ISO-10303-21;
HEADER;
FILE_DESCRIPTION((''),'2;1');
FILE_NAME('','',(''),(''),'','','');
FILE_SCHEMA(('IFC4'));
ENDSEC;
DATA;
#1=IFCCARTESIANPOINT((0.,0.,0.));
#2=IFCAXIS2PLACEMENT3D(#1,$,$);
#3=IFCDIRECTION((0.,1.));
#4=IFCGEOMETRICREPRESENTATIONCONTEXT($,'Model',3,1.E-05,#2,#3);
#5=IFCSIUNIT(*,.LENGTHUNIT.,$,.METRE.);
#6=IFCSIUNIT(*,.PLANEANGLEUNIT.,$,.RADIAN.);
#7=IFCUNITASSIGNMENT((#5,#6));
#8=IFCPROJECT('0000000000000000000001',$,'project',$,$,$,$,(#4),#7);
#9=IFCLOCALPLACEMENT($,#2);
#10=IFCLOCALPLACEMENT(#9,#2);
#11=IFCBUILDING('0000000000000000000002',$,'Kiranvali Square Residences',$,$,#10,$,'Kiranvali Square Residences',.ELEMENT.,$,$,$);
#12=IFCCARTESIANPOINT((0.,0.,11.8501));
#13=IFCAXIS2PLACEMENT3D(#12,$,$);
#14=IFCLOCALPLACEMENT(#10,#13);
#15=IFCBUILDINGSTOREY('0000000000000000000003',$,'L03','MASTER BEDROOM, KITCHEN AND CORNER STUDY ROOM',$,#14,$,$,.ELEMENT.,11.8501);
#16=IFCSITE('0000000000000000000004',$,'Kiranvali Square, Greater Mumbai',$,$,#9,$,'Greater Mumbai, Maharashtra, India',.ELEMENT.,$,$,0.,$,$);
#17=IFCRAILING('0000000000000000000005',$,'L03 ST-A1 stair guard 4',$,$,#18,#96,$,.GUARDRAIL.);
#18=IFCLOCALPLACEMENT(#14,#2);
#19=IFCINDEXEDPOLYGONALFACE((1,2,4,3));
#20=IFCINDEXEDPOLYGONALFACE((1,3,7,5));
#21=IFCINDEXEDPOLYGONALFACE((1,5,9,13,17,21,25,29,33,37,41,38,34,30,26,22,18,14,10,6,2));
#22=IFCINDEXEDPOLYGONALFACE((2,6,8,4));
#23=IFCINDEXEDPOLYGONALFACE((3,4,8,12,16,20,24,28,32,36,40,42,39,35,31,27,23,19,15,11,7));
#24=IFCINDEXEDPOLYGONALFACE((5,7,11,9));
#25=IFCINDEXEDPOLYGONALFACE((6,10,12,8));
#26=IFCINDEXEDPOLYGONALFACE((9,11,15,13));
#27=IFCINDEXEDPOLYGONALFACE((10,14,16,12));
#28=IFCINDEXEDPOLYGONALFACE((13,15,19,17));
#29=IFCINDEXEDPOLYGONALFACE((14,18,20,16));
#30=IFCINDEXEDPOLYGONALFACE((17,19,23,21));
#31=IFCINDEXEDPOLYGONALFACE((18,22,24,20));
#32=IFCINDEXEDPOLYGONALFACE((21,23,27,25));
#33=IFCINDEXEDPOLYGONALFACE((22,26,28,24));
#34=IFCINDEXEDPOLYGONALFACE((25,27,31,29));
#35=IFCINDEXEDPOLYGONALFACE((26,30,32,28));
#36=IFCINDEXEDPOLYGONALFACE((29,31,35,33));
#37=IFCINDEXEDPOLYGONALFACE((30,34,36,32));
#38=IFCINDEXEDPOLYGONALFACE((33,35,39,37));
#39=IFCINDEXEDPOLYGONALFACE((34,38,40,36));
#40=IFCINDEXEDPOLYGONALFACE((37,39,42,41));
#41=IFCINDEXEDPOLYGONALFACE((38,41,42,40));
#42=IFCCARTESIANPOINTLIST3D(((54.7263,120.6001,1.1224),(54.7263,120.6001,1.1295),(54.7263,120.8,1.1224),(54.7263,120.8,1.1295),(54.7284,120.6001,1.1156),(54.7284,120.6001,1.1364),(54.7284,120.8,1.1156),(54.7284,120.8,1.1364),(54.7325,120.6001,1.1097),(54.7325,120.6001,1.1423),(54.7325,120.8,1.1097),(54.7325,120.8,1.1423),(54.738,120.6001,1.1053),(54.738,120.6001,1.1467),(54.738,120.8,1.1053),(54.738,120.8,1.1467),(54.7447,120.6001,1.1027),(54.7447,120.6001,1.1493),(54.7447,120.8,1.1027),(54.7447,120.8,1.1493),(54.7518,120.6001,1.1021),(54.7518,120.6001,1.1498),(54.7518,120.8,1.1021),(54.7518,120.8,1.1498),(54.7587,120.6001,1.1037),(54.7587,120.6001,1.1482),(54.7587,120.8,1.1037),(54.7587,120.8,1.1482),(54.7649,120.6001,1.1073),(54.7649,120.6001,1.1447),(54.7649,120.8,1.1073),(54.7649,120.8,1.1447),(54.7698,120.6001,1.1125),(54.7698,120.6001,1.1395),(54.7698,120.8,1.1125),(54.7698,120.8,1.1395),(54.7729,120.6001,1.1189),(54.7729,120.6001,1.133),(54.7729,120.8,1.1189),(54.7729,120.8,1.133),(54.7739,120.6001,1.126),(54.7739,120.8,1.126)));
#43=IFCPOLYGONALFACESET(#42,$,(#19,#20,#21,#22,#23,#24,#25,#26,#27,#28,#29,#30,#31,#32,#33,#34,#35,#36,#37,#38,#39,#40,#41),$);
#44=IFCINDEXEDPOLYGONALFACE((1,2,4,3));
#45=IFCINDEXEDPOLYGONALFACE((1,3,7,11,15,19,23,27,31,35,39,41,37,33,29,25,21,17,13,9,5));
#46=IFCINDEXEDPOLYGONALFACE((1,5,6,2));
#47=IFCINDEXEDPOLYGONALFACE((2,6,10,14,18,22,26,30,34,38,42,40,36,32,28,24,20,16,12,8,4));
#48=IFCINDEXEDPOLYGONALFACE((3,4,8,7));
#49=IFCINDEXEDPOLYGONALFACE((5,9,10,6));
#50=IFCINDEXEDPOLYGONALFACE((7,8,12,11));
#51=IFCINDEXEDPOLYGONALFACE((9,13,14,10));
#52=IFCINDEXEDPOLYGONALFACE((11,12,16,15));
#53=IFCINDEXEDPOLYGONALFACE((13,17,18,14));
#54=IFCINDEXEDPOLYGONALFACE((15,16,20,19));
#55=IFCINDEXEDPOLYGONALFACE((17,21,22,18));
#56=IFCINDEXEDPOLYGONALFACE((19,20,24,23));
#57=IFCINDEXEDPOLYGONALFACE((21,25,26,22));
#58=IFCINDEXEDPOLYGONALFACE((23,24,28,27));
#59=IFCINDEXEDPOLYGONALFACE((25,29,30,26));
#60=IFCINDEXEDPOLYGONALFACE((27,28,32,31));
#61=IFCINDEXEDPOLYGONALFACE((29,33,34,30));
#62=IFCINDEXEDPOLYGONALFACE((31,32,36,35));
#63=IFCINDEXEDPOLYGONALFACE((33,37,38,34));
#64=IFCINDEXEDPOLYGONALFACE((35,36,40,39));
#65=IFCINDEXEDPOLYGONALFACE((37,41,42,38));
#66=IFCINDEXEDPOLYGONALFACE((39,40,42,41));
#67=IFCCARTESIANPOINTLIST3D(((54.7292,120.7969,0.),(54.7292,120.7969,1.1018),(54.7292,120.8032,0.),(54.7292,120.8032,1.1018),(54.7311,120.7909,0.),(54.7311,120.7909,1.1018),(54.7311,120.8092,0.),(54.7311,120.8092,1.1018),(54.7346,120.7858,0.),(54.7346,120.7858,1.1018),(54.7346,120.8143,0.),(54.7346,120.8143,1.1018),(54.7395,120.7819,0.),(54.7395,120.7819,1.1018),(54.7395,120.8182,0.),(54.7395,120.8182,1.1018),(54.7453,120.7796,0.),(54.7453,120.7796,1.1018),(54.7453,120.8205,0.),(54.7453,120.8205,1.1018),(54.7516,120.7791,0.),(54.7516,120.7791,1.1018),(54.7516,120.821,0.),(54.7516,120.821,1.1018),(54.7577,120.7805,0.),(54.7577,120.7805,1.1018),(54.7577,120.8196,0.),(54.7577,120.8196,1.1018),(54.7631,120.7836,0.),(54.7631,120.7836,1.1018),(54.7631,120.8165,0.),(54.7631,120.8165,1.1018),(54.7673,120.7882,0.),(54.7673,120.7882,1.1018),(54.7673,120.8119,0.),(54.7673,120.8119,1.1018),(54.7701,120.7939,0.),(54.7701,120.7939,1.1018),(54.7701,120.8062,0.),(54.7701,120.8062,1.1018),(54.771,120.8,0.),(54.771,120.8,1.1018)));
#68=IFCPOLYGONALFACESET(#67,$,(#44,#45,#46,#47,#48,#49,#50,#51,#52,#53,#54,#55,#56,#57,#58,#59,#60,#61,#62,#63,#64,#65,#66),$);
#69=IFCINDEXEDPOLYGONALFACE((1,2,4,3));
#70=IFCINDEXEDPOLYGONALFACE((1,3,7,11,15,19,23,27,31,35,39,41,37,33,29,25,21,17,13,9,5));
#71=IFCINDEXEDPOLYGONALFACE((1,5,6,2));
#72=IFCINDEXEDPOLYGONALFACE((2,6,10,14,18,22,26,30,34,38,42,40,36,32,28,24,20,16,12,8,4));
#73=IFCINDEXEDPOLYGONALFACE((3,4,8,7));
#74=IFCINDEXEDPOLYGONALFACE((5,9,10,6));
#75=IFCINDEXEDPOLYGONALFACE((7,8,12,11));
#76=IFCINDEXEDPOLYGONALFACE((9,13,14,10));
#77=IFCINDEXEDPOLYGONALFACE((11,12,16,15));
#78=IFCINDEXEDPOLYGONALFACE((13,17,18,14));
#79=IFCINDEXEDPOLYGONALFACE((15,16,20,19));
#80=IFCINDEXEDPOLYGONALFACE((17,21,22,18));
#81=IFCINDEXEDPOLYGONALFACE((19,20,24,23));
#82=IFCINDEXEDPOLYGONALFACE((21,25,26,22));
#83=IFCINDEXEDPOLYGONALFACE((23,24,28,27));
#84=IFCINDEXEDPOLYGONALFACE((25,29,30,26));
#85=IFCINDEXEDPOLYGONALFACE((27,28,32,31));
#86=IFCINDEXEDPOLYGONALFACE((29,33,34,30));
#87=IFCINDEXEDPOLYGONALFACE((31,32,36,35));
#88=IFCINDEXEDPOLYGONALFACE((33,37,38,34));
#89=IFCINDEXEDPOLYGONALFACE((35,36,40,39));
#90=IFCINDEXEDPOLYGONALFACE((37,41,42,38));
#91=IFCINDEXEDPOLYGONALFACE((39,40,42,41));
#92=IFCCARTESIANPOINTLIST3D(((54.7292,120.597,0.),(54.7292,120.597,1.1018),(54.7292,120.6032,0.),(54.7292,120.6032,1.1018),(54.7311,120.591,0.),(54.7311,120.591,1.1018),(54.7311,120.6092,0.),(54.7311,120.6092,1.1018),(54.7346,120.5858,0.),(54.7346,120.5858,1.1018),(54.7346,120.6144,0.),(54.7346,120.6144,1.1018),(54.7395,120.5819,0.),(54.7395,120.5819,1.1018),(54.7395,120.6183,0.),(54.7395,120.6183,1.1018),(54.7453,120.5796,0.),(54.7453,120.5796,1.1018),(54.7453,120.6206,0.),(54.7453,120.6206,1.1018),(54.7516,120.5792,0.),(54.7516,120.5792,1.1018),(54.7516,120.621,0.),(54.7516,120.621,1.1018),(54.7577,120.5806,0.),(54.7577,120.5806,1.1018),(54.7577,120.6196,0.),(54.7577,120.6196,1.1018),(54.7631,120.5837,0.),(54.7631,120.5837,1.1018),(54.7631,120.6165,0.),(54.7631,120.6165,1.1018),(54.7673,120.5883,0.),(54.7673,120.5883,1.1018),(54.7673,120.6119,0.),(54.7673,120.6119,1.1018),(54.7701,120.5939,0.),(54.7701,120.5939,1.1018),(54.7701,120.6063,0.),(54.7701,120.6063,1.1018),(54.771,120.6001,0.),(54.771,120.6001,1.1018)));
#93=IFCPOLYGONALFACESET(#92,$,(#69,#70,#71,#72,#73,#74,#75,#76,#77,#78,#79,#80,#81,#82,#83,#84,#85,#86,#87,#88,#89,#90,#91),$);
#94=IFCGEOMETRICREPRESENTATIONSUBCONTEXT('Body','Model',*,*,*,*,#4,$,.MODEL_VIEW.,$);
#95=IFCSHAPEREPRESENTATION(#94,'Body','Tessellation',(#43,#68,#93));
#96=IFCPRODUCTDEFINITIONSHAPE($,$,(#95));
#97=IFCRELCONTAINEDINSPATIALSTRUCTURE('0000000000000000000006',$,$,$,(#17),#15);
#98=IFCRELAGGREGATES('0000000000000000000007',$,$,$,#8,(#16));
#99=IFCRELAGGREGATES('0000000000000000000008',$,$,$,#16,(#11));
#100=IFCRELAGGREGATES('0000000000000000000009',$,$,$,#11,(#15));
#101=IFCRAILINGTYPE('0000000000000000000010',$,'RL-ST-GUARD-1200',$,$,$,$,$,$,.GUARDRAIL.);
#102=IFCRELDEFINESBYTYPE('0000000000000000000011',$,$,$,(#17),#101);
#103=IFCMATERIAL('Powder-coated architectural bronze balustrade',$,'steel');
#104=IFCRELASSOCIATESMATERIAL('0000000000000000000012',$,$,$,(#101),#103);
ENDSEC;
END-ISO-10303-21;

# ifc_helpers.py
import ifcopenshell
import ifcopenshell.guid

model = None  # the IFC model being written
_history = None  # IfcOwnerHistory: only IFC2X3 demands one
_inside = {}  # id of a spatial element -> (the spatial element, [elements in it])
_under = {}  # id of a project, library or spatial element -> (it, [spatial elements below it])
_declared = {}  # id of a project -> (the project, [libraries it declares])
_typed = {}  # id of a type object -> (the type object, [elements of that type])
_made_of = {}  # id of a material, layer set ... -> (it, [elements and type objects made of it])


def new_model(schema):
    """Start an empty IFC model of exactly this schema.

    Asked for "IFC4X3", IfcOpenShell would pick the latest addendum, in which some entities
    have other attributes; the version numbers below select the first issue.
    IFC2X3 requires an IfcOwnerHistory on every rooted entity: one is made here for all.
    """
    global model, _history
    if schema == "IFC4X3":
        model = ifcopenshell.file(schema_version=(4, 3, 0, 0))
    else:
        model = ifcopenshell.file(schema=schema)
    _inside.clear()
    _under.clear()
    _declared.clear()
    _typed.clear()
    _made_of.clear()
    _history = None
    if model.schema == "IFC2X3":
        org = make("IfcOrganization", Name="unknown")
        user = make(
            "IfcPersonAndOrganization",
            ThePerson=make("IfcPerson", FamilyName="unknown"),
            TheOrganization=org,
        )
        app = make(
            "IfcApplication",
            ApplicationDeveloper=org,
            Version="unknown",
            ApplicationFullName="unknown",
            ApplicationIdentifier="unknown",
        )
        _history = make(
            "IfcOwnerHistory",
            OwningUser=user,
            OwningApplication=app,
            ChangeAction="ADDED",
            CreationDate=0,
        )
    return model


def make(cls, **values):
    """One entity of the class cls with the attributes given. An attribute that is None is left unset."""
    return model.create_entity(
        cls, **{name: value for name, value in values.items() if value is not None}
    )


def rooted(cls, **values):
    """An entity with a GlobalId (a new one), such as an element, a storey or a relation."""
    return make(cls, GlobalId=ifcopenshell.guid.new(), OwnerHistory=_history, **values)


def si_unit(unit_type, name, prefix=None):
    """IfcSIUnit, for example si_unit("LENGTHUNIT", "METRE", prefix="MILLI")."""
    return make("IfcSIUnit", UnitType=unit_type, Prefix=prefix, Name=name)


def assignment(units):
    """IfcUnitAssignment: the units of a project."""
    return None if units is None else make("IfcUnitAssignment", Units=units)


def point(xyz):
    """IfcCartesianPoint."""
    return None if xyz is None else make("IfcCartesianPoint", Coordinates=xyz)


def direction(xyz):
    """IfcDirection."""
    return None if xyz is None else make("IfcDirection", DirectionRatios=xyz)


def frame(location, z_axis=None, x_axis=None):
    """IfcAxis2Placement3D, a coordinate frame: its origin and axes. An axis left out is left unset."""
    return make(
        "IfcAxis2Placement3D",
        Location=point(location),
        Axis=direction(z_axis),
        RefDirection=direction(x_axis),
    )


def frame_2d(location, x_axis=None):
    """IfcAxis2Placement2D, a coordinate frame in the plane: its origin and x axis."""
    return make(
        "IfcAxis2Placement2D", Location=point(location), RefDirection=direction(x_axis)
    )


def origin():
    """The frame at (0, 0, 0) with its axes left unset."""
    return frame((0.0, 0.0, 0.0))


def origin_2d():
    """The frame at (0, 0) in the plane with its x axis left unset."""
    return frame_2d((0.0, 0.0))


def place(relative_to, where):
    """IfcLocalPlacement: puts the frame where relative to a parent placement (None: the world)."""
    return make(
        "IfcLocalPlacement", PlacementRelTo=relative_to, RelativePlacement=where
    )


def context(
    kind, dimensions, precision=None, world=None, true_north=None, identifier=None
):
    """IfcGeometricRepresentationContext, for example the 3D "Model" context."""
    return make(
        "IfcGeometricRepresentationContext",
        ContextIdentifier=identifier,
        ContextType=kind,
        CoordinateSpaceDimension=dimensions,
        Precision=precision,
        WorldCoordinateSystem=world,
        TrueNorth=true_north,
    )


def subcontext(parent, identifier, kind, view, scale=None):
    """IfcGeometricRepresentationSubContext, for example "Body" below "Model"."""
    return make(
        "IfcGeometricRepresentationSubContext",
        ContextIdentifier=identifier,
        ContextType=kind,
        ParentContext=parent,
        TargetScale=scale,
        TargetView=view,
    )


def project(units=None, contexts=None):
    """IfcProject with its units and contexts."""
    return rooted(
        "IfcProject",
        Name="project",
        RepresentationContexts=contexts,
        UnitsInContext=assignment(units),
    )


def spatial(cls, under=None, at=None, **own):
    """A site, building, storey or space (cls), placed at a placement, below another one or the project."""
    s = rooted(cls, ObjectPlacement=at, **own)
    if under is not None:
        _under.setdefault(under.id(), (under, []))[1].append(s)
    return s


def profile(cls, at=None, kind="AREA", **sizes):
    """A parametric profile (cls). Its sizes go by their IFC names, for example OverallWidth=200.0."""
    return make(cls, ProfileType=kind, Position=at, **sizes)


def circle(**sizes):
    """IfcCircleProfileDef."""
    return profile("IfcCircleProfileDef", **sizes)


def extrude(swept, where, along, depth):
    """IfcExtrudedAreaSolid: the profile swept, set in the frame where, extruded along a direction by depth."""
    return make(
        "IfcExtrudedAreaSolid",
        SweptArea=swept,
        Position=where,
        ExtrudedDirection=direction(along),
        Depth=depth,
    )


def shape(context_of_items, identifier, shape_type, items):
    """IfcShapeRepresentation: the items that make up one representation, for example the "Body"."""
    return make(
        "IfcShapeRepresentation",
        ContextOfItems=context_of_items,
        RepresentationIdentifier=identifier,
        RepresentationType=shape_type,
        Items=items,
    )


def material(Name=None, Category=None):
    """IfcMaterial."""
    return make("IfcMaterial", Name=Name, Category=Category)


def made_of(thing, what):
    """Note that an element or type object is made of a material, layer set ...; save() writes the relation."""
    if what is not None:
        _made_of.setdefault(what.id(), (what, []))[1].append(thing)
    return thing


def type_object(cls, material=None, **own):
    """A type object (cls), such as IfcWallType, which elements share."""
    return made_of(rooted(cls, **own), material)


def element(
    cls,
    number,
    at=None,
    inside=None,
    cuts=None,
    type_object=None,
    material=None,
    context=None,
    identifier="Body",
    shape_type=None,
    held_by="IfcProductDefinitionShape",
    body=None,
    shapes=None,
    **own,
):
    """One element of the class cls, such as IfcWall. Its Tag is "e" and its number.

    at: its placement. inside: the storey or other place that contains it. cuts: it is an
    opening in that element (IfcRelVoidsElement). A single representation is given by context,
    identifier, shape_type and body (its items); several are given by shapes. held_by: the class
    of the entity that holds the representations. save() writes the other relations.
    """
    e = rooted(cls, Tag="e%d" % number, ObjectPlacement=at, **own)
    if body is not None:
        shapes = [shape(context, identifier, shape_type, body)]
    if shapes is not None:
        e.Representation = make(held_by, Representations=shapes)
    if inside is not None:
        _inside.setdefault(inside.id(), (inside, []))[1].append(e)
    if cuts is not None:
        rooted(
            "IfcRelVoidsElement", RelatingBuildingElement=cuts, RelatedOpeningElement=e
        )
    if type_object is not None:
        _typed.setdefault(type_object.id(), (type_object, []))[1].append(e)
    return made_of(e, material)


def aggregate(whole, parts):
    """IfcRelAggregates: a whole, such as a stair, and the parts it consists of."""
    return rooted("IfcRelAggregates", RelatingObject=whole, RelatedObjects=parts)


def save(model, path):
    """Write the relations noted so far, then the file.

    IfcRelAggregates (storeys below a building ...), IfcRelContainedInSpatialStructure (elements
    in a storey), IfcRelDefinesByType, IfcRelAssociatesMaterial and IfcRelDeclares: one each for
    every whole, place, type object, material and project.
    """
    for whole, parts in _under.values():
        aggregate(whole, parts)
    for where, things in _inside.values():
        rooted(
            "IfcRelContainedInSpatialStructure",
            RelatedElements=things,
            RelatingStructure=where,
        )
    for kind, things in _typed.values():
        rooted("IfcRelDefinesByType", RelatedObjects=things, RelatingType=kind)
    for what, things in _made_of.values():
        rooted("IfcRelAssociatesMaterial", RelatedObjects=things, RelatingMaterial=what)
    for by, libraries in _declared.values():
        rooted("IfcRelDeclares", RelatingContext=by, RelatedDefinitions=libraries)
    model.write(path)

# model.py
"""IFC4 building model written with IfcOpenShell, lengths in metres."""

from ifc_helpers import new_model, si_unit, direction, frame, origin, origin_2d, place, context, subcontext, project, spatial, circle, extrude, material, type_object, element, save


model = new_model("IFC4")

# Units and contexts
model_context = context("Model", 3, precision=1e-05, world=origin(), true_north=direction((0.0, 1.0)))
body_context = subcontext(model_context, "Body", "Model", "MODEL_VIEW")
ifc_project = project(units=[si_unit("LENGTHUNIT", "METRE"), si_unit("PLANEANGLEUNIT", "RADIAN")], contexts=[model_context])

# Site, building, storey
site_placement = place(None, origin())
site = spatial("IfcSite", under=ifc_project, at=site_placement, Name="Kiranvali Square, Greater Mumbai", LongName="Greater Mumbai, Maharashtra, India", CompositionType="ELEMENT", RefElevation=0.0)
building_placement = place(site_placement, origin())
building = spatial("IfcBuilding", under=site, at=building_placement, Name="Kiranvali Square Residences", LongName="Kiranvali Square Residences", CompositionType="ELEMENT")
storey_placement = place(building_placement, frame((0.0, 0.0, 11.8501)))
storey = spatial("IfcBuildingStorey", under=building, at=storey_placement, Name="L03", Description="MASTER BEDROOM, KITCHEN AND CORNER STUDY ROOM", CompositionType="ELEMENT", Elevation=11.8501)

# Railing
ifc_material_1 = material(Name="Powder-coated architectural bronze balustrade", Category="steel")
railing_type_1 = type_object("IfcRailingType", Name="RL-ST-GUARD-1200", PredefinedType="GUARDRAIL", material=ifc_material_1)
railing_1_placement = place(storey_placement, frame((54.75, 120.8, 0.0)))
element("IfcRailing", 1, at=railing_1_placement, inside=storey, type_object=railing_type_1, Name="L03 ST-A1 stair guard 4", PredefinedType="GUARDRAIL", context=body_context, shape_type="SweptSolid", body=[
    extrude(circle(Radius=0.0239, at=origin_2d()), frame((0.0, 0.0, 1.126), z_axis=(0.0, -1.0, 0.0), x_axis=(1.0, 0.0, 0.0)), (0.0, 0.0, 1.0), 0.2),
    extrude(circle(Radius=0.021, at=origin_2d()), origin(), (0.0, 0.0, 1.0), 1.1018),
    extrude(circle(Radius=0.021, at=origin_2d()), frame((0.0, -0.2, 0.0)), (0.0, 0.0, 1.0), 1.1018),
])

save(model, "model.ifc")
